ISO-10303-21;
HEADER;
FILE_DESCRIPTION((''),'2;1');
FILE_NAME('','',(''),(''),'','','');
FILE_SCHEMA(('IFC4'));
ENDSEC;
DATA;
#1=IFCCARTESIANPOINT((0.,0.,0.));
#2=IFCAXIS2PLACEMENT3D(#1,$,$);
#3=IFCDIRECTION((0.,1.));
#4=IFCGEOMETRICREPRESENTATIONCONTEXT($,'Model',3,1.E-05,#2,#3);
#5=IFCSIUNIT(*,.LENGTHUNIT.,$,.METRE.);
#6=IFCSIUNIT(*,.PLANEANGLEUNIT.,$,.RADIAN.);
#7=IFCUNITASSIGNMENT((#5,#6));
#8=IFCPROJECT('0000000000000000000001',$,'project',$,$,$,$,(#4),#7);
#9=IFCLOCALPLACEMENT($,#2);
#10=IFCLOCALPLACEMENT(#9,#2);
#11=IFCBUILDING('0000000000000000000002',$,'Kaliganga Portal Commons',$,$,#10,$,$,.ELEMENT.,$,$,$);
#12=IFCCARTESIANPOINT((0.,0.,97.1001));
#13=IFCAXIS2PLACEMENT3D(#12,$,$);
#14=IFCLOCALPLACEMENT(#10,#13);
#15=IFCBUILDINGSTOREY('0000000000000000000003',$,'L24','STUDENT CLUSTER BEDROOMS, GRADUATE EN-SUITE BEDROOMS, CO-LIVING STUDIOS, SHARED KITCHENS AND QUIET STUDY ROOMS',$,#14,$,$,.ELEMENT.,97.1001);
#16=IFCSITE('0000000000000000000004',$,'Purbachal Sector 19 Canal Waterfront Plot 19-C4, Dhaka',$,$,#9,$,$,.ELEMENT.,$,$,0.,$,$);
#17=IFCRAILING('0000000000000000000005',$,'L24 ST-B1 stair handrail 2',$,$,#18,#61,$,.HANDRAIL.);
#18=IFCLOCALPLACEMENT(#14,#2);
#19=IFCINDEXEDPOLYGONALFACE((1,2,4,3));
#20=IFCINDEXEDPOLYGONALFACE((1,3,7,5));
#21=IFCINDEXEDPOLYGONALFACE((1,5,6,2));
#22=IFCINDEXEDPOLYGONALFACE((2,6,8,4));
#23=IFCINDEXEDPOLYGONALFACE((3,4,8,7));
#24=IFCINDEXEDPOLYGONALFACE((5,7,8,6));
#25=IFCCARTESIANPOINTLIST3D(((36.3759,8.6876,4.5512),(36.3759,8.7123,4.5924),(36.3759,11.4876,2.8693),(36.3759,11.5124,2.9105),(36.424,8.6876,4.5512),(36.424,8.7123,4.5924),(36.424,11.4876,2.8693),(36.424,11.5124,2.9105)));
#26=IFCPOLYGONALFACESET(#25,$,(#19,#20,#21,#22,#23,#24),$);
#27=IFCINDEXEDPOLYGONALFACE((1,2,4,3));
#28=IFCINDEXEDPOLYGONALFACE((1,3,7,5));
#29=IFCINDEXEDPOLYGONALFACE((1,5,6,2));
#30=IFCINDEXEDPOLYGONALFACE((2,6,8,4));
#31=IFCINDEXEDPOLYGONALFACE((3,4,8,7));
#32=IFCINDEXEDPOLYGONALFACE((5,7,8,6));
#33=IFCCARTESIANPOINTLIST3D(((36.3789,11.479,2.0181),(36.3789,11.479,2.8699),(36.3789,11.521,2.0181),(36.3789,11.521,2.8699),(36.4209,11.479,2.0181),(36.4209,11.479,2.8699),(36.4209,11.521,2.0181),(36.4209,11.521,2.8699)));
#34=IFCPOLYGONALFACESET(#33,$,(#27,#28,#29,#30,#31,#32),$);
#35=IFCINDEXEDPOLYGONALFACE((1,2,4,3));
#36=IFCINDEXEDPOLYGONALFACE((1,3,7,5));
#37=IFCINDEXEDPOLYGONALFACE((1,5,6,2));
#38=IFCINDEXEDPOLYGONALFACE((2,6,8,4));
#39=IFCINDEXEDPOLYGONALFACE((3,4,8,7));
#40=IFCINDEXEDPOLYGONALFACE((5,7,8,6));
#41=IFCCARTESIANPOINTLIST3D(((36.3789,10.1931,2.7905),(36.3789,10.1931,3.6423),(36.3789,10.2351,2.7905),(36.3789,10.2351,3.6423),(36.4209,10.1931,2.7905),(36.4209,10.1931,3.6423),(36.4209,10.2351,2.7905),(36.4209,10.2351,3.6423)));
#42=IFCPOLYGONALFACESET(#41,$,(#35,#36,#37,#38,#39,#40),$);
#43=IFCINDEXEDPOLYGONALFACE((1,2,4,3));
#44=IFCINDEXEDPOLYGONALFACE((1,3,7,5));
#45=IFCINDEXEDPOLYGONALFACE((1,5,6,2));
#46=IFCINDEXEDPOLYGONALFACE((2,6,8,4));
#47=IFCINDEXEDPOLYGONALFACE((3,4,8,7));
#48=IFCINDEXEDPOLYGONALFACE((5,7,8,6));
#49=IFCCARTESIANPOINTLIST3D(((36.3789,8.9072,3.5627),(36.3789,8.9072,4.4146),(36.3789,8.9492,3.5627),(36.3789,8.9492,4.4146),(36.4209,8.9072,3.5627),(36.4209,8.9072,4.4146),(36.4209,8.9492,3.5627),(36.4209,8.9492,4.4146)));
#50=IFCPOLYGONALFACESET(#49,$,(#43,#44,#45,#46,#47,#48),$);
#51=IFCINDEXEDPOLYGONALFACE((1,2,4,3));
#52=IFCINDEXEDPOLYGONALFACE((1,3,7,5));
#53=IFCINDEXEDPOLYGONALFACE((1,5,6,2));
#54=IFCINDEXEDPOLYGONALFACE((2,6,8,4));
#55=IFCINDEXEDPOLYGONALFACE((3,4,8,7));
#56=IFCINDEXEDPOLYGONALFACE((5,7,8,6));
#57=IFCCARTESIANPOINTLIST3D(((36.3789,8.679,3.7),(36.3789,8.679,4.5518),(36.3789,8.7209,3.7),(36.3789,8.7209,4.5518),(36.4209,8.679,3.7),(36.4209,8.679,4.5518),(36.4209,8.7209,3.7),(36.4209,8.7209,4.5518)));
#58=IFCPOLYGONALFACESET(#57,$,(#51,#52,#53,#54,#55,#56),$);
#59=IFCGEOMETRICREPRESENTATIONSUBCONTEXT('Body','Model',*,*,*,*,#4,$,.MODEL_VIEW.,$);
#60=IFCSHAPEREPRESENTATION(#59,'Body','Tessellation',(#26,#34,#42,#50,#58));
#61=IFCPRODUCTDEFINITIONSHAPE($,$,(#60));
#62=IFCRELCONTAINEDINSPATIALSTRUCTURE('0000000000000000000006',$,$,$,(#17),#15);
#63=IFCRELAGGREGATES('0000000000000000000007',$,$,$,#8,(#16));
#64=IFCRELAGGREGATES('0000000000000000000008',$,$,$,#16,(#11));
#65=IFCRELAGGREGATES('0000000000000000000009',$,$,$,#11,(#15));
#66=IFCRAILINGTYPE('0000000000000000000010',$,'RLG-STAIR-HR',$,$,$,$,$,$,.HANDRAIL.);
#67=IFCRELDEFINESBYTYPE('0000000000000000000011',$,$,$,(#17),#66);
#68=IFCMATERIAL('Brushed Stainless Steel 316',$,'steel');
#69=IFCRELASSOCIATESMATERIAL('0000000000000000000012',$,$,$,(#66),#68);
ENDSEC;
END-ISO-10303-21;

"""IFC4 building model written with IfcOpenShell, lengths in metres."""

from ifc_helpers import new_model, si_unit, direction, frame, origin, origin_2d, place, context, subcontext, project, spatial, rectangle, extrude, material, type_object, element, save


model = new_model("IFC4")

# Units and contexts
model_context = context("Model", 3, precision=1e-05, world=origin(), true_north=direction((0.0, 1.0)))
body_context = subcontext(model_context, "Body", "Model", "MODEL_VIEW")
ifc_project = project(units=[si_unit("LENGTHUNIT", "METRE"), si_unit("PLANEANGLEUNIT", "RADIAN")], contexts=[model_context])

# Site, building, storey
site_placement = place(None, origin())
site = spatial("IfcSite", under=ifc_project, at=site_placement, Name="Purbachal Sector 19 Canal Waterfront Plot 19-C4, Dhaka", CompositionType="ELEMENT", RefElevation=0.0)
building_placement = place(site_placement, origin())
building = spatial("IfcBuilding", under=site, at=building_placement, Name="Kaliganga Portal Commons", CompositionType="ELEMENT")
storey_placement = place(building_placement, frame((0.0, 0.0, 97.1001)))
storey = spatial("IfcBuildingStorey", under=building, at=storey_placement, Name="L24", Description="STUDENT CLUSTER BEDROOMS, GRADUATE EN-SUITE BEDROOMS, CO-LIVING STUDIOS, SHARED KITCHENS AND QUIET STUDY ROOMS", CompositionType="ELEMENT", Elevation=97.1001)

# Railing
ifc_material_1 = material(Name="Brushed Stainless Steel 316", Category="steel")
railing_type_1 = type_object("IfcRailingType", Name="RLG-STAIR-HR", PredefinedType="HANDRAIL", material=ifc_material_1)
railing_1_placement = place(storey_placement, frame((36.3999, 11.5, 2.0181)))
element("IfcRailing", 1, at=railing_1_placement, inside=storey, type_object=railing_type_1, Name="L24 ST-B1 stair handrail 2", PredefinedType="HANDRAIL", context=body_context, shape_type="SweptSolid", body=[
    extrude(rectangle(XDim=0.0481, YDim=0.0481, at=origin_2d()), frame((0.0, 0.0, 0.8718), z_axis=(0.0, -0.857242, 0.514913), x_axis=(1.0, 0.0, 0.0)), (0.0, 0.0, 1.0), 3.2664),
    extrude(rectangle(XDim=0.042, YDim=0.042, at=origin_2d()), origin(), (0.0, 0.0, 1.0), 0.8518),
    extrude(rectangle(XDim=0.042, YDim=0.042, at=origin_2d()), frame((0.0, -1.2859, 0.7725)), (0.0, 0.0, 1.0), 0.8518),
    extrude(rectangle(XDim=0.042, YDim=0.042, at=origin_2d()), frame((0.0, -2.5718, 1.5447)), (0.0, 0.0, 1.0), 0.8518),
    extrude(rectangle(XDim=0.042, YDim=0.042, at=origin_2d()), frame((0.0, -2.8, 1.6819)), (0.0, 0.0, 1.0), 0.8518),
])

save(model, "model.ifc")
